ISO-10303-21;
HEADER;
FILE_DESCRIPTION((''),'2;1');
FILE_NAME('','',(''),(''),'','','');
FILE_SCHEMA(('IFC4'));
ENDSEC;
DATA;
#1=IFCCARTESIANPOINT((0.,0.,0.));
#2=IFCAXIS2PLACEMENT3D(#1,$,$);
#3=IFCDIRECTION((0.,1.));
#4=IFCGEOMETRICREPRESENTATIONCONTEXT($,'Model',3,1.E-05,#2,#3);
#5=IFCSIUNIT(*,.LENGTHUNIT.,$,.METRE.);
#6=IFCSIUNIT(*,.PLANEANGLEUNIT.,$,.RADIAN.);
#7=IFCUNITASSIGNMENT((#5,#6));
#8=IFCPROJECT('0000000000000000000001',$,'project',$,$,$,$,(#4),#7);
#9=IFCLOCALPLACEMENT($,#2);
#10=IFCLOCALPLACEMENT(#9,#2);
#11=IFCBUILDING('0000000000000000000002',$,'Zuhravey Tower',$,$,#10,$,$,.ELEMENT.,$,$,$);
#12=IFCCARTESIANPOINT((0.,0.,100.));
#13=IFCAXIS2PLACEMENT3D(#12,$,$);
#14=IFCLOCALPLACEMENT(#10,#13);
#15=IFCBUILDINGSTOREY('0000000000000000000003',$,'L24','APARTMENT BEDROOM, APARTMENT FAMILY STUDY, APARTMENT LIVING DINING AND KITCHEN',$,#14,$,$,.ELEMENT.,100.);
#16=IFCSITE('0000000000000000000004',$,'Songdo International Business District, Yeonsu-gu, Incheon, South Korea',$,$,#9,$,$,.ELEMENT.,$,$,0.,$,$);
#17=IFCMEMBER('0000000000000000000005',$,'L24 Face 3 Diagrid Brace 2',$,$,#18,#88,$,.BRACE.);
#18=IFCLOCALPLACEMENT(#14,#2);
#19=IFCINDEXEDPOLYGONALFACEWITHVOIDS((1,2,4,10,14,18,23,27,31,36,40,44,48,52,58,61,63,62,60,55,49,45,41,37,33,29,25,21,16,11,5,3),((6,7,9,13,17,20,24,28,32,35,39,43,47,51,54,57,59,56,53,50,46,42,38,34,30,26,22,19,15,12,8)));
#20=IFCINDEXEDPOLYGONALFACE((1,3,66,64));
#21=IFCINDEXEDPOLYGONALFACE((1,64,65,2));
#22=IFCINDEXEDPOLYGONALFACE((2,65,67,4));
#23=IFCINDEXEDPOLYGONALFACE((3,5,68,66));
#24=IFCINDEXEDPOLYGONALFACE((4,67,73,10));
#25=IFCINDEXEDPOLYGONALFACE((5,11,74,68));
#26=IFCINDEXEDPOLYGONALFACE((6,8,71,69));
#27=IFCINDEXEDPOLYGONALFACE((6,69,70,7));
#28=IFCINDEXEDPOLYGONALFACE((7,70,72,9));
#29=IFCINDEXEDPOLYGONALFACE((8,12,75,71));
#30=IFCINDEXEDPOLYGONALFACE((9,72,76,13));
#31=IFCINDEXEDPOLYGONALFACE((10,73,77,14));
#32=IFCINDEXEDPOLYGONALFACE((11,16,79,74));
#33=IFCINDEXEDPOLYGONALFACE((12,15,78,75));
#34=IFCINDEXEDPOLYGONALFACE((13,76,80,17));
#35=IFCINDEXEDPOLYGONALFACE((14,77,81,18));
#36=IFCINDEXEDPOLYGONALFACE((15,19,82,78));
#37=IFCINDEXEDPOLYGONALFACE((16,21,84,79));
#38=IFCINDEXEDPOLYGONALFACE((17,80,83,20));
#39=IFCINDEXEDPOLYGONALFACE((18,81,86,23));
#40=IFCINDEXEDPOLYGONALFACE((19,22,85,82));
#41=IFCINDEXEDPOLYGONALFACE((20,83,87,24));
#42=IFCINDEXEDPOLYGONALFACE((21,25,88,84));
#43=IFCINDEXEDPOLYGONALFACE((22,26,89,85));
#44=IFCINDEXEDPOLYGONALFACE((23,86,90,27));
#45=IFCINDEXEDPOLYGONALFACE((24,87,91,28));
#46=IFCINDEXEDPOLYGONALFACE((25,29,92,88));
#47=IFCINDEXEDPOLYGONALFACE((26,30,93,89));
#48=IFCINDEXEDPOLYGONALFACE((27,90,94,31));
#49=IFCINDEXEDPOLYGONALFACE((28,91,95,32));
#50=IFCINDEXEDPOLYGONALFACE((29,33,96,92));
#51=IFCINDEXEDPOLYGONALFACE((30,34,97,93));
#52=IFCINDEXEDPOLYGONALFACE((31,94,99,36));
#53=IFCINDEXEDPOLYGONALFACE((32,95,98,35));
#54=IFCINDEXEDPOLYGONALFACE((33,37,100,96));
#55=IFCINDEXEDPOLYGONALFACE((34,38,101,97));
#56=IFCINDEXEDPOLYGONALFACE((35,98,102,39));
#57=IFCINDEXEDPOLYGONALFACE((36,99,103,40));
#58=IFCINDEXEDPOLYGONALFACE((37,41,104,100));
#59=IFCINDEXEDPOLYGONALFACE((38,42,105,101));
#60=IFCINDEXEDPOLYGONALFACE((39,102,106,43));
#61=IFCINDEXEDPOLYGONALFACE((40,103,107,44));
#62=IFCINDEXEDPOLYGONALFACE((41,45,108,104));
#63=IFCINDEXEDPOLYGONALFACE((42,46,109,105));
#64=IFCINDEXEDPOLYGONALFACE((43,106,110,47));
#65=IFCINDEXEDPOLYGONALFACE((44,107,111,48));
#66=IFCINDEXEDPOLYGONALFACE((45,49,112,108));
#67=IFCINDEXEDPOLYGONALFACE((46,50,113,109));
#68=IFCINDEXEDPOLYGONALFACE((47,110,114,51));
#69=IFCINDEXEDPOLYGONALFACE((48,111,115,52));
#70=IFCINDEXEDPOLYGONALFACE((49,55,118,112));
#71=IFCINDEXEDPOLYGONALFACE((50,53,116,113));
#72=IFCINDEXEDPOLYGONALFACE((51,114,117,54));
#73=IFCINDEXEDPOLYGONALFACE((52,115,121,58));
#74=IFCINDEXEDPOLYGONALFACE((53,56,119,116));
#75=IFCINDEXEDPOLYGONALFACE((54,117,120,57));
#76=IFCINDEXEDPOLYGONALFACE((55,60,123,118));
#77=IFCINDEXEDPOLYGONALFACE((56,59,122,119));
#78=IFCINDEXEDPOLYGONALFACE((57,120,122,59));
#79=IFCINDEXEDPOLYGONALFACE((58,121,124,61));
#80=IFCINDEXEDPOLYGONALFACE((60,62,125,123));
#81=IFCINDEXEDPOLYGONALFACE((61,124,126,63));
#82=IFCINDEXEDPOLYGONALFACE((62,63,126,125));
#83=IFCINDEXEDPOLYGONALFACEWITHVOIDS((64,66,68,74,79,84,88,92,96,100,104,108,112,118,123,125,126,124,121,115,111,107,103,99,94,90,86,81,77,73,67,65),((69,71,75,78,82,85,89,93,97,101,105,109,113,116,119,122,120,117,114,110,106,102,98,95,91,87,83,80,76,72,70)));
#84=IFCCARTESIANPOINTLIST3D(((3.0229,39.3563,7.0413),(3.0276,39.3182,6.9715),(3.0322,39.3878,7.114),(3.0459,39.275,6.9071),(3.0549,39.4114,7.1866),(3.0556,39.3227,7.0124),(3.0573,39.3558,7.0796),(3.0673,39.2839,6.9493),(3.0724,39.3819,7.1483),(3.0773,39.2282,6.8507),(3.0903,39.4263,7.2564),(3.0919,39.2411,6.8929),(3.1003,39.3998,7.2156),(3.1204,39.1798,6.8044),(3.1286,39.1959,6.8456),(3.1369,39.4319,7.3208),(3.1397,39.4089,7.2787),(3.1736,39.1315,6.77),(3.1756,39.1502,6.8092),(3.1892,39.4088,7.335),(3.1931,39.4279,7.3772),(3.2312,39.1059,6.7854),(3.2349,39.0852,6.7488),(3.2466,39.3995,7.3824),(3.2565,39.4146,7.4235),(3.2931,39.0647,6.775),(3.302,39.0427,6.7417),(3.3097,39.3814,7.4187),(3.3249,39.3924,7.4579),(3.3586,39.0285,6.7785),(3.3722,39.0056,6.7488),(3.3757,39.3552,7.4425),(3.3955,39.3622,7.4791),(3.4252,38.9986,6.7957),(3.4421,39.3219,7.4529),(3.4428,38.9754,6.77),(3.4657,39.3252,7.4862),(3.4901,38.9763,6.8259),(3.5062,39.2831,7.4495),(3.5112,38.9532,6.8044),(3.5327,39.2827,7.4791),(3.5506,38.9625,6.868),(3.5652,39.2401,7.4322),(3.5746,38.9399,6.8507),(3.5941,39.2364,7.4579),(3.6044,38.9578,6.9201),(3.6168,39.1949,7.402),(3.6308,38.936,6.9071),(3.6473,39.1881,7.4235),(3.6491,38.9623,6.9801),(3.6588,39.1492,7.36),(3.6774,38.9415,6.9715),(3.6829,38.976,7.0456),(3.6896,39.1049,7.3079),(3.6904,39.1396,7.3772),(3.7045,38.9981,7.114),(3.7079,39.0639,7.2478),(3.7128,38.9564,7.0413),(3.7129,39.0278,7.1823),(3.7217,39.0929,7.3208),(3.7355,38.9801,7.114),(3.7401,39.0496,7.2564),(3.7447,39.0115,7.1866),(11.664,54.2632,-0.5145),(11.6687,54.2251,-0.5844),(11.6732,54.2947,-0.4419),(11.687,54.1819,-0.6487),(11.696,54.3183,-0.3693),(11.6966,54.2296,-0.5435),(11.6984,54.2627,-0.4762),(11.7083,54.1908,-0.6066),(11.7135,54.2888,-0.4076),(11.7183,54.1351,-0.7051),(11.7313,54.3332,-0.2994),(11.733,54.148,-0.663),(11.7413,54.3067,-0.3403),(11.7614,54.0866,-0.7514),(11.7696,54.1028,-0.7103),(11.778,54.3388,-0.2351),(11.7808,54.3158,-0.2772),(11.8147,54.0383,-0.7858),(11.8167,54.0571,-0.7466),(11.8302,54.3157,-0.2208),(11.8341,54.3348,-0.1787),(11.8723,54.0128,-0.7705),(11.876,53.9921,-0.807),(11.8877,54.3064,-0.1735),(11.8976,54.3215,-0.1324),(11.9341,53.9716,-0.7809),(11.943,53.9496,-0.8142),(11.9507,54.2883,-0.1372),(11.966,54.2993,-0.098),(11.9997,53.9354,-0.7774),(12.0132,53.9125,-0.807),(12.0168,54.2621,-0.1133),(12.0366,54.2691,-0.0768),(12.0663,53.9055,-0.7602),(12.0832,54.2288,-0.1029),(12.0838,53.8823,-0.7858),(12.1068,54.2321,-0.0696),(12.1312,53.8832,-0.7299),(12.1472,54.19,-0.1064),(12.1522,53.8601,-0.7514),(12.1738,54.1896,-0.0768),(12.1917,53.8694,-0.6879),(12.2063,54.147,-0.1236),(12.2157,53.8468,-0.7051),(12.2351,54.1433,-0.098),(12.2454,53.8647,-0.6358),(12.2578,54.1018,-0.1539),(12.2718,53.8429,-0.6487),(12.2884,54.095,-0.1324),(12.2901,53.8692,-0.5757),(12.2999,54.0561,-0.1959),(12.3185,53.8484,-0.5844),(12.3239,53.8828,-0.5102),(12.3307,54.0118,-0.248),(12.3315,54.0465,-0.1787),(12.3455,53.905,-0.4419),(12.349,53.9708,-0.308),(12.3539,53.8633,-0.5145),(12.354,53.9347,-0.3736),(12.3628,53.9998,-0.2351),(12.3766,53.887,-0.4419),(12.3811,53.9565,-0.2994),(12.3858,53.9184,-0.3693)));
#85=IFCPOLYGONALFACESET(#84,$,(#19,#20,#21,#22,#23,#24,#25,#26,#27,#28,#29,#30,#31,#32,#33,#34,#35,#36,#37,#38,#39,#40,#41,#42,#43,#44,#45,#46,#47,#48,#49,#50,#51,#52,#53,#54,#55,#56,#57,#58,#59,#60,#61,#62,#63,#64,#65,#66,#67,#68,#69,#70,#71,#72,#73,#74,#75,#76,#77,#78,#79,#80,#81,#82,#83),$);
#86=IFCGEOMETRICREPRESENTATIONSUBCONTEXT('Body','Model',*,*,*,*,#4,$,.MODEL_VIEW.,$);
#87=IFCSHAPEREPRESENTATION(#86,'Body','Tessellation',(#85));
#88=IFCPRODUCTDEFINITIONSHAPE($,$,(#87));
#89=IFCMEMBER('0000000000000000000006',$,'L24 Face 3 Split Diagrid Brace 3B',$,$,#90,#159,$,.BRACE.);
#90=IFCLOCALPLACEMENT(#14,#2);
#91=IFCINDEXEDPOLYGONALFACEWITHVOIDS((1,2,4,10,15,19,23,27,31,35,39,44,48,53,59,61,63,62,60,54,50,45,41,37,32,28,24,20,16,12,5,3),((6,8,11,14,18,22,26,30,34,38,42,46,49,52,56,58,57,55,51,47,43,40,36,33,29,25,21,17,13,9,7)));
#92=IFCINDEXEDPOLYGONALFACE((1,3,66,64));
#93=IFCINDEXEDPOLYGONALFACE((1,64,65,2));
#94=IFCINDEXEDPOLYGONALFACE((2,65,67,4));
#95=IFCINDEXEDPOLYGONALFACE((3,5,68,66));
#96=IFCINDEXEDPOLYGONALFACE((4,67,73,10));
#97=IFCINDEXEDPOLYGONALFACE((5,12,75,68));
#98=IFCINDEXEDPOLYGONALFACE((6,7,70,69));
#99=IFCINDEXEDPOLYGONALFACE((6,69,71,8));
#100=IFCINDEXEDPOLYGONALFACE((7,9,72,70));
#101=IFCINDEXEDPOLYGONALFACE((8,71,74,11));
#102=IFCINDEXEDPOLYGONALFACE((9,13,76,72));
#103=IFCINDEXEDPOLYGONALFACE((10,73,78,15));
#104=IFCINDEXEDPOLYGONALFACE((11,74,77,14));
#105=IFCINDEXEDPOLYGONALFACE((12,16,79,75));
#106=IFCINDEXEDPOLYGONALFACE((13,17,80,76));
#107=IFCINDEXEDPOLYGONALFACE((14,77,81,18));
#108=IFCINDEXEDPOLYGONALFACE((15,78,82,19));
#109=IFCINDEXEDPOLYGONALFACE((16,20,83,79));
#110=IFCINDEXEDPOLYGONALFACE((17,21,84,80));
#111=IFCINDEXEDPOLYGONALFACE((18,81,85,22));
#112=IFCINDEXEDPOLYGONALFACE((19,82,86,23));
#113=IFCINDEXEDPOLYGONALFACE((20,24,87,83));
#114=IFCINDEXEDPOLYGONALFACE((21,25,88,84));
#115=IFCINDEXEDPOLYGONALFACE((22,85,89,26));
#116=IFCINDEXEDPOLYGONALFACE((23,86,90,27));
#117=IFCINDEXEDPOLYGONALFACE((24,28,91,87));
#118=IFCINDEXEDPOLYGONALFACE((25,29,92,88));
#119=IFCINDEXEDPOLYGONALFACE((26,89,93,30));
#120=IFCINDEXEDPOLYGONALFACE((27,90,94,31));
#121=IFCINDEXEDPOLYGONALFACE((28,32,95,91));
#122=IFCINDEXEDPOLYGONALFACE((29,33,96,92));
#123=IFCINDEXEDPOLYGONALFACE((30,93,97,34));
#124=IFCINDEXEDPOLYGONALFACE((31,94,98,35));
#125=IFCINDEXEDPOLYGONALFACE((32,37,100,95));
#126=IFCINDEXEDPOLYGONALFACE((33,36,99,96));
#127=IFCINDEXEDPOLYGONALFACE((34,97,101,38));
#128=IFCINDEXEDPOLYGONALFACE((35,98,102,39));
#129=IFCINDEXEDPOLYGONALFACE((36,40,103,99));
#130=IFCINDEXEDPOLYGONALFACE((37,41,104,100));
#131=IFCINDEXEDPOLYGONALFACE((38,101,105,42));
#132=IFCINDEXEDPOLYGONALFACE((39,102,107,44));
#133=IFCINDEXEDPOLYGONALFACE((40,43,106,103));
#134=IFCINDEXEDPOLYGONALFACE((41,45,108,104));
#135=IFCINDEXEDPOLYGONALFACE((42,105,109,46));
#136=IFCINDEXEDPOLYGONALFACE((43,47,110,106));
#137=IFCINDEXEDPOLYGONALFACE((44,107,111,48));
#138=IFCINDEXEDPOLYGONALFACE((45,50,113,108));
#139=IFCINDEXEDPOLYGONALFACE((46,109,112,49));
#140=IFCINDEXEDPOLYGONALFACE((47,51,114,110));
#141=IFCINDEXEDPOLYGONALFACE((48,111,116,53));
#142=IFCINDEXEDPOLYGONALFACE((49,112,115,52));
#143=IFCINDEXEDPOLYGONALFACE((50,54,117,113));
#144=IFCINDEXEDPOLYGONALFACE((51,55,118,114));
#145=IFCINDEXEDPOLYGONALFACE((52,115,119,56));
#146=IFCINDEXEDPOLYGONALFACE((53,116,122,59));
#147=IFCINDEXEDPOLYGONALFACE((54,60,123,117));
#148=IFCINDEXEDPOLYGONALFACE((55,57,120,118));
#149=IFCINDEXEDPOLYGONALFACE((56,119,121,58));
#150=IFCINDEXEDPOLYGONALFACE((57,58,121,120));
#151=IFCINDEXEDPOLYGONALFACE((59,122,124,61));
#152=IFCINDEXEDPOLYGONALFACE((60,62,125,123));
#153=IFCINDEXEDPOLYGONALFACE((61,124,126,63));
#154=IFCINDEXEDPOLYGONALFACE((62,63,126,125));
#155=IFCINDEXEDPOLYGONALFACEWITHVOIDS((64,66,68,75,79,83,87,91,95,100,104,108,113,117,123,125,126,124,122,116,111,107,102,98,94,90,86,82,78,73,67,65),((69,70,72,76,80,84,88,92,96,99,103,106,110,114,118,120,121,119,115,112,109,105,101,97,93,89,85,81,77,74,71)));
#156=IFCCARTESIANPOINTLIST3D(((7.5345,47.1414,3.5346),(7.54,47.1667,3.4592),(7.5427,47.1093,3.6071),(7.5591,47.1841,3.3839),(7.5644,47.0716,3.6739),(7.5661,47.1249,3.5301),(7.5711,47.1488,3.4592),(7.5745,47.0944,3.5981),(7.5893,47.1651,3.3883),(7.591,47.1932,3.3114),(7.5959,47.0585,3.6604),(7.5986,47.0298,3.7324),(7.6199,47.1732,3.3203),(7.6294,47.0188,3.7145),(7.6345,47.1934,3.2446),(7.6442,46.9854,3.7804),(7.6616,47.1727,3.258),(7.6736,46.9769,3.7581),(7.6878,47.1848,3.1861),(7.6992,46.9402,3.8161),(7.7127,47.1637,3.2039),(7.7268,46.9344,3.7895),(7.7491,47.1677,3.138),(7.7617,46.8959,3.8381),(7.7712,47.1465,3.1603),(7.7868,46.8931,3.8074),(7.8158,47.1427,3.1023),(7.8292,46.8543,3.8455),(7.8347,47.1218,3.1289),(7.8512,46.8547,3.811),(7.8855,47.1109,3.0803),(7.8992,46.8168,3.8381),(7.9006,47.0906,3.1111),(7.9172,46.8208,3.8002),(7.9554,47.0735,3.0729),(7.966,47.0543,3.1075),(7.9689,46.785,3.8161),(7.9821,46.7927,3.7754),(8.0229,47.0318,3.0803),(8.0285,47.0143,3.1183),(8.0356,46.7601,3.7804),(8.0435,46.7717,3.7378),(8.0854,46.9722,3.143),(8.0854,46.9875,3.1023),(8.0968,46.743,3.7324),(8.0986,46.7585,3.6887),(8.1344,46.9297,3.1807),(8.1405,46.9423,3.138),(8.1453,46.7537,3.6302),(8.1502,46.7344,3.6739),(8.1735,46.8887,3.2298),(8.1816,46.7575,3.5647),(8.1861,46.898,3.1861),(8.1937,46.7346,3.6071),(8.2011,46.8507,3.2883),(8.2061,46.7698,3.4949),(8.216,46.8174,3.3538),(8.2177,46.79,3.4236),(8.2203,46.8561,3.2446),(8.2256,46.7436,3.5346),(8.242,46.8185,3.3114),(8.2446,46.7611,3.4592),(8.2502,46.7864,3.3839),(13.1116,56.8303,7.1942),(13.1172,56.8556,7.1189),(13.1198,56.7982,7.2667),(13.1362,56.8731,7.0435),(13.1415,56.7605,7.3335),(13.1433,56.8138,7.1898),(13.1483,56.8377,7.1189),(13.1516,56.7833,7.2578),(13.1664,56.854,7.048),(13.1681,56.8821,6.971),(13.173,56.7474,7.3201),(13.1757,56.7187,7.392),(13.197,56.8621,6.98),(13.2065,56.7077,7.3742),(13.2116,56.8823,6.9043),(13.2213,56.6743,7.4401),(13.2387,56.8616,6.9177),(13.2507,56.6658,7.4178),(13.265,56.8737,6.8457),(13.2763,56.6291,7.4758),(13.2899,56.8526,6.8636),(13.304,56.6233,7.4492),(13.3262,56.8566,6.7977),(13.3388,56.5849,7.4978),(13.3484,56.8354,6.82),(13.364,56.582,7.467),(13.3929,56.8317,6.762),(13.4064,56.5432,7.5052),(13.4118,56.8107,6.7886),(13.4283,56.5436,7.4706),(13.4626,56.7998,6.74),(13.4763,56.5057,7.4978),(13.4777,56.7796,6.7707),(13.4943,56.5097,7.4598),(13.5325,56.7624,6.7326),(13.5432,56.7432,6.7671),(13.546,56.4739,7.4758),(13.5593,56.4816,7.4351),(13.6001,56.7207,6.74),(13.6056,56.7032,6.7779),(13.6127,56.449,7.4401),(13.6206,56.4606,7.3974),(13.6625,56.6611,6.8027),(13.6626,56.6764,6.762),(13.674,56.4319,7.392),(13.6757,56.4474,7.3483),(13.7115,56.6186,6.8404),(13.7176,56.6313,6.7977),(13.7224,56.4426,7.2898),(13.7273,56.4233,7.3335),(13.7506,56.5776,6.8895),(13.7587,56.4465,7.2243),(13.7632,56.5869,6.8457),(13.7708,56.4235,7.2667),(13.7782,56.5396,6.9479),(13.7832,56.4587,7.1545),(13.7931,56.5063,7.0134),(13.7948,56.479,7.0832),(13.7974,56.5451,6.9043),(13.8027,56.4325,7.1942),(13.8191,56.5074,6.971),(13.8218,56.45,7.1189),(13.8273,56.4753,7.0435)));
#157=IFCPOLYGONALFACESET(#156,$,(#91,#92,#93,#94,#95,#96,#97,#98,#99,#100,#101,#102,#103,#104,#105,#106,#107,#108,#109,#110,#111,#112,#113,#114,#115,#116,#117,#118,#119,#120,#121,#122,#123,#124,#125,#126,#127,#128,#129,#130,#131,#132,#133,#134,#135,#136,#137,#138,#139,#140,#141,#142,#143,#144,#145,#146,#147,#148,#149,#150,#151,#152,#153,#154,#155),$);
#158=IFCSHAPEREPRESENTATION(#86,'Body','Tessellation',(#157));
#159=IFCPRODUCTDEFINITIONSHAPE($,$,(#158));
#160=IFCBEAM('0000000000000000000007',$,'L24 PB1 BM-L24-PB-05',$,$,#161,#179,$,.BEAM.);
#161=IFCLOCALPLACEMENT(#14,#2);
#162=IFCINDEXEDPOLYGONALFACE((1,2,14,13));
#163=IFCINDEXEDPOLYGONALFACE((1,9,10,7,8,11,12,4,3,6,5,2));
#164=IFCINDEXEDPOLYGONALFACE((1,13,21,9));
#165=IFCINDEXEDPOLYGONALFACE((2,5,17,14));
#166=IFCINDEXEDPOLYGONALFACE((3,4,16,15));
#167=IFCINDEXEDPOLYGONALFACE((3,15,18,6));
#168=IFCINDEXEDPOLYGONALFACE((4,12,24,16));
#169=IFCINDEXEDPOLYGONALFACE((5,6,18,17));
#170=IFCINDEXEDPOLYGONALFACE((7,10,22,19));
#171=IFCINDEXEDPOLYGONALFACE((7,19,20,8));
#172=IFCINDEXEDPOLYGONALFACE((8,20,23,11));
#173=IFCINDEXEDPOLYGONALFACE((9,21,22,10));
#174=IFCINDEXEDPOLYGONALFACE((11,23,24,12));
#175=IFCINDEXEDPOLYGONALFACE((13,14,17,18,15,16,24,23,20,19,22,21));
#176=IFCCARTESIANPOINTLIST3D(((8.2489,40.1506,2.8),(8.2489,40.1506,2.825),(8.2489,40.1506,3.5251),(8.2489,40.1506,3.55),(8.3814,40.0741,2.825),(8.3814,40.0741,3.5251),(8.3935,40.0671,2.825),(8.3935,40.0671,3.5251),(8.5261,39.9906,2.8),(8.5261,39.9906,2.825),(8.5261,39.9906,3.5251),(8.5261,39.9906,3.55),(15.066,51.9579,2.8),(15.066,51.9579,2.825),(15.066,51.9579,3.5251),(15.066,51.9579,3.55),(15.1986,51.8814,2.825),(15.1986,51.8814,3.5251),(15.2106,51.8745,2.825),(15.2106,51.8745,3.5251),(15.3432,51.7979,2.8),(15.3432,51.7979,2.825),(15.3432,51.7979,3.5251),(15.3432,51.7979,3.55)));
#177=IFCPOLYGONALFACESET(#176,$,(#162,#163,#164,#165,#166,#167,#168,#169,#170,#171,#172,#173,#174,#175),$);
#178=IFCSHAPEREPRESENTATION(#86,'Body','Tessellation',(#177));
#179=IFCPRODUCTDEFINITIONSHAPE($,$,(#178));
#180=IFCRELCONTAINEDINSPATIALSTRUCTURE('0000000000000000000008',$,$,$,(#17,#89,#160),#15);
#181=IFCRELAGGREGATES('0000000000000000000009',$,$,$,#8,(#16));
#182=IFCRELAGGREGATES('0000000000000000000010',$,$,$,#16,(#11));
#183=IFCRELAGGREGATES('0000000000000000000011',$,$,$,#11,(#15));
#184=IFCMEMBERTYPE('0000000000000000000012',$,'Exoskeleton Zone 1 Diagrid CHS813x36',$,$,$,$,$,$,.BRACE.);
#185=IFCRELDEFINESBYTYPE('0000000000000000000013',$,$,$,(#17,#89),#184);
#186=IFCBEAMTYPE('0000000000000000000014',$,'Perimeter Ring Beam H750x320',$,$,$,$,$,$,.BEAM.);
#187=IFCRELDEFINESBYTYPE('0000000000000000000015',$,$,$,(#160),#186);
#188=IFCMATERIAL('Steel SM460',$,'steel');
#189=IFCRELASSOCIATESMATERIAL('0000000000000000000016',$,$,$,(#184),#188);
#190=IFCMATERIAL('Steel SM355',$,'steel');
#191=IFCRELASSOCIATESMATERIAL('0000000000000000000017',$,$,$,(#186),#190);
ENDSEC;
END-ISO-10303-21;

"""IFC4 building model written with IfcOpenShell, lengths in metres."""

from ifc_helpers import new_model, si_unit, direction, frame, origin, origin_2d, place, context, subcontext, project, spatial, hollow_circle, i_section, extrude, material, material_profile, profile_set, type_object, element, save


model = new_model("IFC4")

# Units and contexts
model_context = context("Model", 3, precision=1e-05, world=origin(), true_north=direction((0.0, 1.0)))
body_context = subcontext(model_context, "Body", "Model", "MODEL_VIEW")
ifc_project = project(units=[si_unit("LENGTHUNIT", "METRE"), si_unit("PLANEANGLEUNIT", "RADIAN")], contexts=[model_context])

# Site, building, storey
site_placement = place(None, origin())
site = spatial("IfcSite", under=ifc_project, at=site_placement, Name="Songdo International Business District, Yeonsu-gu, Incheon, South Korea", CompositionType="ELEMENT", RefElevation=0.0)
building_placement = place(site_placement, origin())
building = spatial("IfcBuilding", under=site, at=building_placement, Name="Zuhravey Tower", CompositionType="ELEMENT")
storey_placement = place(building_placement, frame((0.0, 0.0, 100.0)))
storey = spatial("IfcBuildingStorey", under=building, at=storey_placement, Name="L24", Description="APARTMENT BEDROOM, APARTMENT FAMILY STUDY, APARTMENT LIVING DINING AND KITCHEN", CompositionType="ELEMENT", Elevation=100.0)

# Members
ifc_material_1 = material(Name="Steel SM355", Category="steel")
ifc_material_2 = material(Name="Steel SM460", Category="steel")
ifc_material_profile_1 = material_profile(ifc_material_2, hollow_circle(Radius=0.4065, WallThickness=0.0359, at=origin_2d()), Name="CHS-812.8x36")
ifc_profile_set_1 = profile_set([ifc_material_profile_1], Name="Steel SM460")
member_type_1 = type_object("IfcMemberType", Name="Exoskeleton Zone 1 Diagrid CHS813x36", PredefinedType="BRACE", material=ifc_profile_set_1)
member_1_placement = place(storey_placement, frame((12.0249, 54.0908, -0.4419), z_axis=(-0.459284, -0.792321, 0.401604), x_axis=(0.865156, -0.501504, 0.0)))
element("IfcMember", 1, at=member_1_placement, inside=storey, type_object=member_type_1, Name="L24 Face 3 Diagrid Brace 2", PredefinedType="BRACE", context=body_context, shape_type="SweptSolid", body=[
    extrude(hollow_circle(Radius=0.4065, WallThickness=0.0359, at=origin_2d()), origin(), (0.0, 0.0, 1.0), 18.8142),
])
member_2_placement = place(storey_placement, frame((7.8923, 46.9639, 3.4592), z_axis=(0.474117, 0.823665, 0.311111), x_axis=(-0.866675, 0.498874, 0.0)))
element("IfcMember", 2, at=member_2_placement, inside=storey, type_object=member_type_1, Name="L24 Face 3 Split Diagrid Brace 3B", PredefinedType="BRACE", context=body_context, shape_type="SweptSolid", body=[
    extrude(hollow_circle(Radius=0.4065, WallThickness=0.0359, at=origin_2d()), origin(), (0.0, 0.0, 1.0), 11.7632),
])

# Beam
ifc_material_profile_2 = material_profile(ifc_material_1, i_section(OverallWidth=0.3201, OverallDepth=0.75, WebThickness=0.0139, FlangeThickness=0.0249, at=origin_2d()), Name="H-750x320x14x25")
ifc_profile_set_2 = profile_set([ifc_material_profile_2], Name="Steel SM355")
beam_type_1 = type_object("IfcBeamType", Name="Perimeter Ring Beam H750x320", PredefinedType="BEAM", material=ifc_profile_set_2)
beam_1_placement = place(storey_placement, frame((15.2046, 51.8779, 3.175), z_axis=(-0.500008, -0.866021, 0.0), x_axis=(0.866021, -0.500008, 0.0)))
element("IfcBeam", 3, at=beam_1_placement, inside=storey, type_object=beam_type_1, Name="L24 PB1 BM-L24-PB-05", PredefinedType="BEAM", context=body_context, shape_type="SweptSolid", body=[
    extrude(i_section(OverallWidth=0.3201, OverallDepth=0.75, WebThickness=0.0139, FlangeThickness=0.0249, at=origin_2d()), origin(), (0.0, 0.0, 1.0), 13.634),
])

save(model, "model.ifc")
